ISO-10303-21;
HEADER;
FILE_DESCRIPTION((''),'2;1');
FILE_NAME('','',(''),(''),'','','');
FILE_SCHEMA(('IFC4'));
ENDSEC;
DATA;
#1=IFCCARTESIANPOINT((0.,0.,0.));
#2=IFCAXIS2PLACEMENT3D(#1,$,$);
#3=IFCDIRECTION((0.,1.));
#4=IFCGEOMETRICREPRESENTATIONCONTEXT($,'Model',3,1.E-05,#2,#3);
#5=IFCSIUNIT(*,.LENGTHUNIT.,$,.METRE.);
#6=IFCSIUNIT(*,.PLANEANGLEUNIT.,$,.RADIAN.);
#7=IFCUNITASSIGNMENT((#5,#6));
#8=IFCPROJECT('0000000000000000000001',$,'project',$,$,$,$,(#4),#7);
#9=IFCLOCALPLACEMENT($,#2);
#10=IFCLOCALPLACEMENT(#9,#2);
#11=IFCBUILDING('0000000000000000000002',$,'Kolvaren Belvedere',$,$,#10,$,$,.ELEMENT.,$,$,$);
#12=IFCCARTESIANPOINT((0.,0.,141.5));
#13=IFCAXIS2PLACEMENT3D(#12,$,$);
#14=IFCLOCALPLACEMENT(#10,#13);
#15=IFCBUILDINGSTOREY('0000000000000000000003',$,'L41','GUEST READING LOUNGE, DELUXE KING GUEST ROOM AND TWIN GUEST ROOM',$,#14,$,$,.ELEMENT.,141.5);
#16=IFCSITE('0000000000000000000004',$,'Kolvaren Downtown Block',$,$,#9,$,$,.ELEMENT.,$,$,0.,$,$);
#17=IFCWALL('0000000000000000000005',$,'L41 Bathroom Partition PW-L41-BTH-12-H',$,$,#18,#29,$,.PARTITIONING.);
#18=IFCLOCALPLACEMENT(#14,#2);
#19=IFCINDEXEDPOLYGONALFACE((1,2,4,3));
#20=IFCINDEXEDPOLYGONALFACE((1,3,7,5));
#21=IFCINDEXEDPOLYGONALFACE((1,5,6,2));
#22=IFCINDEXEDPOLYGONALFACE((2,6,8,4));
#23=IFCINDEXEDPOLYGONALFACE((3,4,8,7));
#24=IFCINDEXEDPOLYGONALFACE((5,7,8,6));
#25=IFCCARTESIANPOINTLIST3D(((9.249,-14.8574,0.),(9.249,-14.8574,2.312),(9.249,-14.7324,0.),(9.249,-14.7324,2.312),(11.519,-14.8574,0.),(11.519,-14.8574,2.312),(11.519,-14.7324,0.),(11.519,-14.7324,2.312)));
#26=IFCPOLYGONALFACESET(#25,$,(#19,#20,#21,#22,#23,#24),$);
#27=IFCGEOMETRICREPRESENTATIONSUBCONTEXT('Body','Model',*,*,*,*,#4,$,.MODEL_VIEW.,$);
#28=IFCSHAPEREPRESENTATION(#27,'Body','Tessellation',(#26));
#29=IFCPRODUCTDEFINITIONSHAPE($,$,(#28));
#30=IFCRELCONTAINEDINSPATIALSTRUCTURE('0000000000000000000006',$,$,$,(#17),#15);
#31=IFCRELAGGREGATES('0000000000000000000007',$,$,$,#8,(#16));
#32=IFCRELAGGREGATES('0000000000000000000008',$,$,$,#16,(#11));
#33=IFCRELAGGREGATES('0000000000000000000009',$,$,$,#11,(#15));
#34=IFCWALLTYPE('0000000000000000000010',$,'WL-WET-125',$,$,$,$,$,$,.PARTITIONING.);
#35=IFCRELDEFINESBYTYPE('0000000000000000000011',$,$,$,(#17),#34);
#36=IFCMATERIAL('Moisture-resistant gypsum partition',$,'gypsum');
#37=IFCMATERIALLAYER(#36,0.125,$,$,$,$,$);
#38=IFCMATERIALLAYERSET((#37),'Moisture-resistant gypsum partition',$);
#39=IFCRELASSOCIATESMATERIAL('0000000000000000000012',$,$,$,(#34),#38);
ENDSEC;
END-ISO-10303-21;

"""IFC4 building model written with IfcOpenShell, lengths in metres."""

from ifc_helpers import new_model, si_unit, direction, frame, frame_2d, origin, place, context, subcontext, project, spatial, rectangle, extrude, material, layer, layer_set, type_object, element, save


model = new_model("IFC4")

# Units and contexts
model_context = context("Model", 3, precision=1e-05, world=origin(), true_north=direction((0.0, 1.0)))
body_context = subcontext(model_context, "Body", "Model", "MODEL_VIEW")
ifc_project = project(units=[si_unit("LENGTHUNIT", "METRE"), si_unit("PLANEANGLEUNIT", "RADIAN")], contexts=[model_context])

# Site, building, storey
site_placement = place(None, origin())
site = spatial("IfcSite", under=ifc_project, at=site_placement, Name="Kolvaren Downtown Block", CompositionType="ELEMENT", RefElevation=0.0)
building_placement = place(site_placement, origin())
building = spatial("IfcBuilding", under=site, at=building_placement, Name="Kolvaren Belvedere", CompositionType="ELEMENT")
storey_placement = place(building_placement, frame((0.0, 0.0, 141.5)))
storey = spatial("IfcBuildingStorey", under=building, at=storey_placement, Name="L41", Description="GUEST READING LOUNGE, DELUXE KING GUEST ROOM AND TWIN GUEST ROOM", CompositionType="ELEMENT", Elevation=141.5)

# Wall
ifc_material_1 = material(Name="Moisture-resistant gypsum partition", Category="gypsum")
ifc_layer_1 = layer(ifc_material_1, 0.125)
ifc_layer_set_1 = layer_set([ifc_layer_1], Name="Moisture-resistant gypsum partition")
wall_type_1 = type_object("IfcWallType", Name="WL-WET-125", PredefinedType="PARTITIONING", material=ifc_layer_set_1)
wall_1_placement = place(storey_placement, frame((9.249, -14.7949, 0.0), z_axis=(0.0, 0.0, 1.0), x_axis=(1.0, 0.0, 0.0)))
element("IfcWall", 1, at=wall_1_placement, inside=storey, type_object=wall_type_1, Name="L41 Bathroom Partition PW-L41-BTH-12-H", PredefinedType="PARTITIONING", context=body_context, shape_type="SweptSolid", body=[
    extrude(rectangle(XDim=2.27, YDim=0.125, at=frame_2d((1.135, 0.0))), origin(), (0.0, 0.0, 1.0), 2.312),
])

save(model, "model.ifc")
